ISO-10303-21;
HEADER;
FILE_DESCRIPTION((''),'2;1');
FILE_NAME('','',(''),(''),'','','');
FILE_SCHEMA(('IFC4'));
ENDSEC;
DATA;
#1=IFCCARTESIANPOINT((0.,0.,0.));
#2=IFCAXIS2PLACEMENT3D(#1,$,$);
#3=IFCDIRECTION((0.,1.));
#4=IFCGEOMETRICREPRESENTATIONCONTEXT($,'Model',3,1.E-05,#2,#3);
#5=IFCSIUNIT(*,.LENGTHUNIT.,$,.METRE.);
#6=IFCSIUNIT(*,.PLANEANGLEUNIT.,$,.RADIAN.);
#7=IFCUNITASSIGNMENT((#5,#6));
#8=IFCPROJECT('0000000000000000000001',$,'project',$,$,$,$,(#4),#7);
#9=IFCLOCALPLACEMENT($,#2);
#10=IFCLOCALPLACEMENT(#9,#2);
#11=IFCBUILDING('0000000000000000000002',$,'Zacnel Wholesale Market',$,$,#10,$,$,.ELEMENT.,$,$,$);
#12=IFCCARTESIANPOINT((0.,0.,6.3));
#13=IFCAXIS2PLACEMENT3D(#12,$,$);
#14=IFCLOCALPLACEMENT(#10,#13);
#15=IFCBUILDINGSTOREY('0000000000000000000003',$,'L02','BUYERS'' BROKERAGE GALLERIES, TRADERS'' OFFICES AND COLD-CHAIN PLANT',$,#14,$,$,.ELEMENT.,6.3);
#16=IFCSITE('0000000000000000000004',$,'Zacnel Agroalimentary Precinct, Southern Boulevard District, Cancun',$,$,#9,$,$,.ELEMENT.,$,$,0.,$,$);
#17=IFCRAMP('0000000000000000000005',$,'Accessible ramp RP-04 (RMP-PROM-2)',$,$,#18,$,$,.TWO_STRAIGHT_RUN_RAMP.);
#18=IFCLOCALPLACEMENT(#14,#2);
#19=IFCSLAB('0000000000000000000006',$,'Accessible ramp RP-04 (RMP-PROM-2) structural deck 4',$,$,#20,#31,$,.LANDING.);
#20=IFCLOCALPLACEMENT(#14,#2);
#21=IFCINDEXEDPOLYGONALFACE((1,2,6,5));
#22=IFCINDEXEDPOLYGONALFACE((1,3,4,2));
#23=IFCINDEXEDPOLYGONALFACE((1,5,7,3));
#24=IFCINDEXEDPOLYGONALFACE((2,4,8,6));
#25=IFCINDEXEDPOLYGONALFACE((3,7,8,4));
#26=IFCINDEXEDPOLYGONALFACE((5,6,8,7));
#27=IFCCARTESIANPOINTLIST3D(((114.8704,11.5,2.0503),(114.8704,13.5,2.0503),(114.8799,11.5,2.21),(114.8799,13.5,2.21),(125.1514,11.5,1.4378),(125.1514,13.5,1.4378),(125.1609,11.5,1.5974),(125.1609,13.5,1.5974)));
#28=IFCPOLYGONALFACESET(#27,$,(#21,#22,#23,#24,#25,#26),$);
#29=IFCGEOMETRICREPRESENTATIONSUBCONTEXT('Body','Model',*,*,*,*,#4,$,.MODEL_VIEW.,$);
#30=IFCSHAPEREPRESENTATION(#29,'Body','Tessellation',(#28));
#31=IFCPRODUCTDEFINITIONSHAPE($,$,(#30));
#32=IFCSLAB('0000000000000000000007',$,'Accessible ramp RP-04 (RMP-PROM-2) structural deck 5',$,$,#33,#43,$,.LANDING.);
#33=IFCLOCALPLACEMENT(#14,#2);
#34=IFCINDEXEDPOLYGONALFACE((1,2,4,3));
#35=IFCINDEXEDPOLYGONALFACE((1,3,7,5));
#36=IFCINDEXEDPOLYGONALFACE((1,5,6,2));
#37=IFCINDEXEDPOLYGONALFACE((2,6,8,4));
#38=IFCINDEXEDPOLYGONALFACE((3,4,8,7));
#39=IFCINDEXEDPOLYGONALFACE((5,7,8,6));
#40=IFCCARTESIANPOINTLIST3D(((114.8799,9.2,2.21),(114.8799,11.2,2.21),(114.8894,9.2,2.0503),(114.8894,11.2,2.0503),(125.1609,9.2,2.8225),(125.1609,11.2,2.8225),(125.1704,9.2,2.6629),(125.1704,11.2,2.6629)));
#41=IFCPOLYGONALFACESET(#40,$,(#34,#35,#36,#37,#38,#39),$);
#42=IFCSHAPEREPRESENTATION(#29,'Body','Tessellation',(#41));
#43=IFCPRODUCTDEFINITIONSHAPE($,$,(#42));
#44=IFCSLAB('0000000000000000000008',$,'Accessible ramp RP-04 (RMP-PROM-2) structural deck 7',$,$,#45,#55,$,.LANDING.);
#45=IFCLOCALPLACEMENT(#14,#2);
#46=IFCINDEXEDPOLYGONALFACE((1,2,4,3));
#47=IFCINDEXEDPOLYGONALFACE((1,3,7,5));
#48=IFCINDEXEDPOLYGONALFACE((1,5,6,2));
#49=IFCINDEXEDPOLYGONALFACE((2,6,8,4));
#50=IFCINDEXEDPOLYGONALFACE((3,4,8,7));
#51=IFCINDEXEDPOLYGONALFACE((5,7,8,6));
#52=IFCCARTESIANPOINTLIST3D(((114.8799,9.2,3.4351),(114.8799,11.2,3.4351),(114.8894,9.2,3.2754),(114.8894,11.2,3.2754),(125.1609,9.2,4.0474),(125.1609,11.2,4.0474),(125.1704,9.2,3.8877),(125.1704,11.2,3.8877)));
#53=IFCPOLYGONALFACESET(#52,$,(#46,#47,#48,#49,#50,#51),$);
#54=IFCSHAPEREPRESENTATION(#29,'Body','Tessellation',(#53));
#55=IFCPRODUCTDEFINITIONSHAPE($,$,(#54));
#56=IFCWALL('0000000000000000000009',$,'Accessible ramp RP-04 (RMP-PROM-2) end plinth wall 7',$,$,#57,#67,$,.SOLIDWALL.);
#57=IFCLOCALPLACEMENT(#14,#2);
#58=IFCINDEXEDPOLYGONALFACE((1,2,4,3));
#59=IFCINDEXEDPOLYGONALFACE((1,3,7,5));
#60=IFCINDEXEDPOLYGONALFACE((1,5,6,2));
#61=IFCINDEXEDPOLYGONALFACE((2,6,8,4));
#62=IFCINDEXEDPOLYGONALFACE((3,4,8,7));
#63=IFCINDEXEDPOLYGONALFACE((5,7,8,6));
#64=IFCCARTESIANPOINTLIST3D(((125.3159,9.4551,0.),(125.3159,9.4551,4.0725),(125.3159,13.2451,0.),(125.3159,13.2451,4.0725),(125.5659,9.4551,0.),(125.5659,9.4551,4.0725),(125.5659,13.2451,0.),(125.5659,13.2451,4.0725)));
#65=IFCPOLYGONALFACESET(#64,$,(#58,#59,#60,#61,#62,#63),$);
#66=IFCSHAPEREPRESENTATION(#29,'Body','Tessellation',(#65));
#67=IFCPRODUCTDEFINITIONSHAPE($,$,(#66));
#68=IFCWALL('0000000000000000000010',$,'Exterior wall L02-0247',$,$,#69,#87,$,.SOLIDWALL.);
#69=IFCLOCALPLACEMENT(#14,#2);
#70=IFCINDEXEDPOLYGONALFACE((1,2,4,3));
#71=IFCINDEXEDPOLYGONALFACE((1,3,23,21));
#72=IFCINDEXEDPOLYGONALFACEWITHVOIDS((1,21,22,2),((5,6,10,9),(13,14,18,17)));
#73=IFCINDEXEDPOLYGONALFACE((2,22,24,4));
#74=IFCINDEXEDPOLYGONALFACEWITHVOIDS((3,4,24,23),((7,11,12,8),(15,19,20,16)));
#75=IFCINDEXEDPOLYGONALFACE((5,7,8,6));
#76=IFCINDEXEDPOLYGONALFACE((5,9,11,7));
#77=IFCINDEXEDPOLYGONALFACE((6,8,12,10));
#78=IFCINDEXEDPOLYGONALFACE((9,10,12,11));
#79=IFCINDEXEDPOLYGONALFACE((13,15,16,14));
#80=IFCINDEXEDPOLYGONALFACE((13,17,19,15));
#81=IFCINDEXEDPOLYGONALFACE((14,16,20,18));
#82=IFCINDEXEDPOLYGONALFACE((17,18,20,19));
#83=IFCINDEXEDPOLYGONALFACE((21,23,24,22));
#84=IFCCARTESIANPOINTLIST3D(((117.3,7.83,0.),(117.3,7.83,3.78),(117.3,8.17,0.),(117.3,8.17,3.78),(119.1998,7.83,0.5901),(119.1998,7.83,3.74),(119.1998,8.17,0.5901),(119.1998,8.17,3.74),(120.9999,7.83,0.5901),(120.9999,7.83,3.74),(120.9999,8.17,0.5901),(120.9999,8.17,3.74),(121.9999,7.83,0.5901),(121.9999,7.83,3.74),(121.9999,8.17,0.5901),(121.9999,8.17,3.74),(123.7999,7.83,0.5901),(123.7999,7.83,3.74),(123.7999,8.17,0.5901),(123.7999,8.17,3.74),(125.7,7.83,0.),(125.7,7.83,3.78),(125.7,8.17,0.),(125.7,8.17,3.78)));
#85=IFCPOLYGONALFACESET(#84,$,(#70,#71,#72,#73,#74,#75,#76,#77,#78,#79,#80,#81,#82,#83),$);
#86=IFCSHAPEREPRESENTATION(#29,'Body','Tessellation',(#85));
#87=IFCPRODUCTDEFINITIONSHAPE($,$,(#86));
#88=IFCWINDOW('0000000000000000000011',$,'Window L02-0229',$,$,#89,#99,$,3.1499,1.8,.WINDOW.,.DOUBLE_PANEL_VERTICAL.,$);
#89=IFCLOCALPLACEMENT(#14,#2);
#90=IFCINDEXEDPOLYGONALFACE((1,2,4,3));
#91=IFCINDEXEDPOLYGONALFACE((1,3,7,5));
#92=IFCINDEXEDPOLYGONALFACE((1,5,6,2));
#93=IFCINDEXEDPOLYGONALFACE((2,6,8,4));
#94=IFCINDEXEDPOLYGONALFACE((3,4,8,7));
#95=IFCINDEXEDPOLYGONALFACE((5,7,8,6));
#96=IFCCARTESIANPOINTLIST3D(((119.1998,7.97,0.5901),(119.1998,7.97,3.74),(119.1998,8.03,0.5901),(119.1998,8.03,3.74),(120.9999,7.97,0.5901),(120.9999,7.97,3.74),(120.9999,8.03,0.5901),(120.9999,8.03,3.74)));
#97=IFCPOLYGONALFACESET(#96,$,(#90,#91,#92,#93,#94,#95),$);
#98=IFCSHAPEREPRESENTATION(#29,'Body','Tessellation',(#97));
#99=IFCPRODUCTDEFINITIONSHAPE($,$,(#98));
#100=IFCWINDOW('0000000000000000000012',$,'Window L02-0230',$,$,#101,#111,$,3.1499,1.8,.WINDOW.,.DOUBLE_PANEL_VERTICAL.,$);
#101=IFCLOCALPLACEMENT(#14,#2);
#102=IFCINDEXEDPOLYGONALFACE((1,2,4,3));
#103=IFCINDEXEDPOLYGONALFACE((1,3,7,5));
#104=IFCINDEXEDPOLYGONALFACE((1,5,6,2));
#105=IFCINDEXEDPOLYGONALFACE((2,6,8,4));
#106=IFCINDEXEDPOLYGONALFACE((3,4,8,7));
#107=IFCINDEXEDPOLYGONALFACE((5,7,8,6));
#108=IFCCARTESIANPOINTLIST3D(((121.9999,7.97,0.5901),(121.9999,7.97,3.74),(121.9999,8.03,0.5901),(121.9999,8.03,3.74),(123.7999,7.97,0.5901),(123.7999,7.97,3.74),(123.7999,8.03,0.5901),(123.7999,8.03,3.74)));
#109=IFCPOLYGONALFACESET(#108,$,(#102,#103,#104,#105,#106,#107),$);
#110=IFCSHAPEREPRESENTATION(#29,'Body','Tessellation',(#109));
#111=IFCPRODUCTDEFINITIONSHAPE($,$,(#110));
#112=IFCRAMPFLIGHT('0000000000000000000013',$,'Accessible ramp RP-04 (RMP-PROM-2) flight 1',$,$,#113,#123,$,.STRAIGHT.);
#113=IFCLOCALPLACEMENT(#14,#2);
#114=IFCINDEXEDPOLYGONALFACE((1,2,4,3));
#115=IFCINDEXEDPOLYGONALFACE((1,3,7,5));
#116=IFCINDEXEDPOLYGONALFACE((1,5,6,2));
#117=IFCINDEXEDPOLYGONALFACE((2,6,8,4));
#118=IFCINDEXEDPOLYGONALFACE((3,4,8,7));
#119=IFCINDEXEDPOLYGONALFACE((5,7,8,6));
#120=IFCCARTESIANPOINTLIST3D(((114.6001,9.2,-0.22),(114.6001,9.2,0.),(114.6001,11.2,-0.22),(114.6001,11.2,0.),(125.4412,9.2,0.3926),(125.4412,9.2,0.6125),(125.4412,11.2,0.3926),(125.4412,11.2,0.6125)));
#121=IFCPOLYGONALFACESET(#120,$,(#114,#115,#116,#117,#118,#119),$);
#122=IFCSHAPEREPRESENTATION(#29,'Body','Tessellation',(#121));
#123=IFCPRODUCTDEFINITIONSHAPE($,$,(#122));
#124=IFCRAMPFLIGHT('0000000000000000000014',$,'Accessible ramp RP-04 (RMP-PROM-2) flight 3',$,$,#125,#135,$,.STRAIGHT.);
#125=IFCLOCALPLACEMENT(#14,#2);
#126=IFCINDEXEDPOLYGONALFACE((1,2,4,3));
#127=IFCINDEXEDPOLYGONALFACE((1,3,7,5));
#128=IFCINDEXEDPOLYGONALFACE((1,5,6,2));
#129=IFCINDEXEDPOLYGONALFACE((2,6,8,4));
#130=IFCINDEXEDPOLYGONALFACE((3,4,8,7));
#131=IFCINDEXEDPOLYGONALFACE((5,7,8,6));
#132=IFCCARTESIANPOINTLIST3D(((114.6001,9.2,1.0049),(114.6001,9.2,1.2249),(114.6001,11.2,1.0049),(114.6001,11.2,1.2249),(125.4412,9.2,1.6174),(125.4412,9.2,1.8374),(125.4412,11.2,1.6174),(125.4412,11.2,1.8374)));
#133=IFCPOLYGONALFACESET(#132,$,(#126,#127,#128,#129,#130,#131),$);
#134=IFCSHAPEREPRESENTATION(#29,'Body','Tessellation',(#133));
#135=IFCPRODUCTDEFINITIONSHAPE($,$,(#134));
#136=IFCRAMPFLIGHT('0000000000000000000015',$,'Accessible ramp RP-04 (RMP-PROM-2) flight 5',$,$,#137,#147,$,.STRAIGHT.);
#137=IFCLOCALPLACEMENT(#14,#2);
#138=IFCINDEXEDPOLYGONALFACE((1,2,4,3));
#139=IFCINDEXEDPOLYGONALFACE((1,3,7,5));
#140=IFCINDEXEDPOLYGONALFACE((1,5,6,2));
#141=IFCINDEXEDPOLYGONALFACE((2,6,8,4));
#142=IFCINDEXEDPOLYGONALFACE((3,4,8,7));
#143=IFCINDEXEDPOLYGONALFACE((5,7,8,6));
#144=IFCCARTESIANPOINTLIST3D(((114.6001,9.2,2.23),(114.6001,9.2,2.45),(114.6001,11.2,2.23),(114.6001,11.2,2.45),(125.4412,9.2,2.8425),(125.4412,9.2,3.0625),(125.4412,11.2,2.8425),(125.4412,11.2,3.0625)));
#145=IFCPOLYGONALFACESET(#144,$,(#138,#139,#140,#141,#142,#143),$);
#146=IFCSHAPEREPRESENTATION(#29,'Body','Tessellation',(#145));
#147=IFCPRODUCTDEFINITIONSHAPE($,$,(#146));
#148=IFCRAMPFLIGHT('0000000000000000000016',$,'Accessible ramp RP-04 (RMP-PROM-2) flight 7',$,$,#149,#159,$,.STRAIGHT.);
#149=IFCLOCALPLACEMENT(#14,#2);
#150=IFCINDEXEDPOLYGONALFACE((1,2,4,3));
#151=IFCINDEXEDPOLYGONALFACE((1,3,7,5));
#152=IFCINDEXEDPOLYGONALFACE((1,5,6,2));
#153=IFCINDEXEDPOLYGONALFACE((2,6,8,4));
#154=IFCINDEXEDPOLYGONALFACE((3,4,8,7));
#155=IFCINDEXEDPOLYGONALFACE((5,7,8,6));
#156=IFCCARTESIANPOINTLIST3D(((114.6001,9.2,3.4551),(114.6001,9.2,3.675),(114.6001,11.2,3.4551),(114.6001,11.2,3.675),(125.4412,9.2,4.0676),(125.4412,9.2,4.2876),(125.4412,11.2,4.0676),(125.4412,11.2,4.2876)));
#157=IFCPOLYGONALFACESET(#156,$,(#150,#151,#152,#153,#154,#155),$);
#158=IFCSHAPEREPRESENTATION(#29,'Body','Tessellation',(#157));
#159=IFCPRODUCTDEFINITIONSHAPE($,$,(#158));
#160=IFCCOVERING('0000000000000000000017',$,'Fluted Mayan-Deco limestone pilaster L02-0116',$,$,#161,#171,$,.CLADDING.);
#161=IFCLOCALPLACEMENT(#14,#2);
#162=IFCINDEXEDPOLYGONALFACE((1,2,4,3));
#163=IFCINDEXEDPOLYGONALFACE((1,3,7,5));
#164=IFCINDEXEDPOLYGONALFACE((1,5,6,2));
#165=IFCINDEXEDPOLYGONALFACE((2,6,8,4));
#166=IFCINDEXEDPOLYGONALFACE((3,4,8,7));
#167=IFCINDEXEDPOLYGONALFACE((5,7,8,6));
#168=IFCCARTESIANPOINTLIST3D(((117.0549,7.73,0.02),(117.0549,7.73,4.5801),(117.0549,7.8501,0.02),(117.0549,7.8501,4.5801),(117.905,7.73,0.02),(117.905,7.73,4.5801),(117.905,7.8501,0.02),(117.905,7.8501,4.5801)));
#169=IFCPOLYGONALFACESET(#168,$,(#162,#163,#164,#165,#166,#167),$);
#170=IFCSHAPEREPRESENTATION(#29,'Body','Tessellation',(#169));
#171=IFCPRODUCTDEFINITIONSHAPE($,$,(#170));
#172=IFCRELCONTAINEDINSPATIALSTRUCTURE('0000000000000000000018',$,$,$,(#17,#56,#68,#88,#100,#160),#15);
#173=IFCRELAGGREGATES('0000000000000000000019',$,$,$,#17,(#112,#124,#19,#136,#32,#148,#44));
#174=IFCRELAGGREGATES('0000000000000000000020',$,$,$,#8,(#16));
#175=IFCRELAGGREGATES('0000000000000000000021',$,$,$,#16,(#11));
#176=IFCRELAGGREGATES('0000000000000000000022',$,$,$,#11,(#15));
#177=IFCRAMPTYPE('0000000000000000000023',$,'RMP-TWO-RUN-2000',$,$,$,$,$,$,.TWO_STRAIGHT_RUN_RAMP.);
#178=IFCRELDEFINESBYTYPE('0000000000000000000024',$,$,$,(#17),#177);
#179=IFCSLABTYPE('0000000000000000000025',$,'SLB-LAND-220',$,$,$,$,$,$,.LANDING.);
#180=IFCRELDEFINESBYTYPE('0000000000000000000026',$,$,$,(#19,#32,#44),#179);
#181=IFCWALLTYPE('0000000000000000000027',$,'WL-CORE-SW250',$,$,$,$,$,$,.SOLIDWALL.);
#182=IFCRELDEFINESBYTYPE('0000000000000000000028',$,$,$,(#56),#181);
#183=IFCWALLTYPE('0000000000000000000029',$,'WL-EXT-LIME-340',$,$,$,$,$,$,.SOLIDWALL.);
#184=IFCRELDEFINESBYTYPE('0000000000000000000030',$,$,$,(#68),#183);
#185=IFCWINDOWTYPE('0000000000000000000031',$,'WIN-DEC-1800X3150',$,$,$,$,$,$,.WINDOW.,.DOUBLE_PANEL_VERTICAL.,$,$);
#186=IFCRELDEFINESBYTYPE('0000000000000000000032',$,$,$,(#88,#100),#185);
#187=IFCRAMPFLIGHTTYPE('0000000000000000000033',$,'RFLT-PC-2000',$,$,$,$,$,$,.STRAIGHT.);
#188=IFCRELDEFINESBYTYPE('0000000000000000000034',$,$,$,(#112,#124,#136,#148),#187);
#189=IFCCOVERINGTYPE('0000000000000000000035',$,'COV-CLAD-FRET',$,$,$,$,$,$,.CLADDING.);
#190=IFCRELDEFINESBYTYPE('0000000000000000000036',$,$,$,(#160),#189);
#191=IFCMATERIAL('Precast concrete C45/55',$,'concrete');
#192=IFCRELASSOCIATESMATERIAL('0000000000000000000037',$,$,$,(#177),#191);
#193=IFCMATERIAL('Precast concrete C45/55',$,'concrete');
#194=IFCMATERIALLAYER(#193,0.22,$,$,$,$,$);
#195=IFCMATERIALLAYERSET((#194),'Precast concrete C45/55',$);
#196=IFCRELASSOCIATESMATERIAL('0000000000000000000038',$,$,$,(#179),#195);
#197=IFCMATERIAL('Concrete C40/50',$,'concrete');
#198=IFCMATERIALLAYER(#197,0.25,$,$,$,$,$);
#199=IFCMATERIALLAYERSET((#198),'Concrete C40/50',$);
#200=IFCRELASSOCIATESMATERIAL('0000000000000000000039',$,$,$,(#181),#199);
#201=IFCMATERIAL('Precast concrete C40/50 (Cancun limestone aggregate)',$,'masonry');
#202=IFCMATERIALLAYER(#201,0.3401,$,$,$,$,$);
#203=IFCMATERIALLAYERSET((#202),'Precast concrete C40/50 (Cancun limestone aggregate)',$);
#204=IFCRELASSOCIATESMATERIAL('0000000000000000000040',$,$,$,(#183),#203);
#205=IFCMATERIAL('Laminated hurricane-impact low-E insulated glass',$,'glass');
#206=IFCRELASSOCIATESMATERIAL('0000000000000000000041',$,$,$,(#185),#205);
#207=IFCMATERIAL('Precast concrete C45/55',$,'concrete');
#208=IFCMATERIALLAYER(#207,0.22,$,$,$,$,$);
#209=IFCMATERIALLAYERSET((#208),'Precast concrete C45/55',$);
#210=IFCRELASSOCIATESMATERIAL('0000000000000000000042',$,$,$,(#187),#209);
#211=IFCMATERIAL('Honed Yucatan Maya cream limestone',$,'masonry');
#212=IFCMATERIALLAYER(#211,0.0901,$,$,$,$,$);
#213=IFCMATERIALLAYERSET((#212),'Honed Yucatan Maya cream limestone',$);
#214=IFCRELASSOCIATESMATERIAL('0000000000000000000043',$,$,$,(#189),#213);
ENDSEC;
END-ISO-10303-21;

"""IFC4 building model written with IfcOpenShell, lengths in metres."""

from ifc_helpers import new_model, si_unit, direction, frame, frame_2d, origin, origin_2d, place, context, subcontext, project, spatial, polyline, rectangle, outline, extrude, material, layer, layer_set, type_object, element, fill, aggregate, save


model = new_model("IFC4")

# Units and contexts
model_context = context("Model", 3, precision=1e-05, world=origin(), true_north=direction((0.0, 1.0)))
body_context = subcontext(model_context, "Body", "Model", "MODEL_VIEW")
ifc_project = project(units=[si_unit("LENGTHUNIT", "METRE"), si_unit("PLANEANGLEUNIT", "RADIAN")], contexts=[model_context])

# Site, building, storey
site_placement = place(None, origin())
site = spatial("IfcSite", under=ifc_project, at=site_placement, Name="Zacnel Agroalimentary Precinct, Southern Boulevard District, Cancun", CompositionType="ELEMENT", RefElevation=0.0)
building_placement = place(site_placement, origin())
building = spatial("IfcBuilding", under=site, at=building_placement, Name="Zacnel Wholesale Market", CompositionType="ELEMENT")
storey_placement = place(building_placement, frame((0.0, 0.0, 6.3)))
storey = spatial("IfcBuildingStorey", under=building, at=storey_placement, Name="L02", Description="BUYERS' BROKERAGE GALLERIES, TRADERS' OFFICES AND COLD-CHAIN PLANT", CompositionType="ELEMENT", Elevation=6.3)

# Ramp, slabs
ifc_material_1 = material(Name="Precast concrete C45/55", Category="concrete")
ramp_type = type_object("IfcRampType", Name="RMP-TWO-RUN-2000", PredefinedType="TWO_STRAIGHT_RUN_RAMP", material=ifc_material_1)
ramp_placement = place(storey_placement, origin())
ramp = element("IfcRamp", 1, at=ramp_placement, inside=storey, type_object=ramp_type, Name="Accessible ramp RP-04 (RMP-PROM-2)", PredefinedType="TWO_STRAIGHT_RUN_RAMP")
ifc_material_2 = material(Name="Precast concrete C45/55", Category="concrete")
ifc_layer_1 = layer(ifc_material_2, 0.22)
ifc_layer_set_1 = layer_set([ifc_layer_1], Name="Precast concrete C45/55")
slab_type = type_object("IfcSlabType", Name="SLB-LAND-220", PredefinedType="LANDING", material=ifc_layer_set_1)
slab_1_placement = place(storey_placement, frame((114.8799, 11.5, 2.21), z_axis=(0.059475, 0.0, 0.99823), x_axis=(0.99823, 0.0, -0.059475)))
slab_1 = element("IfcSlab", 2, at=slab_1_placement, type_object=slab_type, Name="Accessible ramp RP-04 (RMP-PROM-2) structural deck 4", PredefinedType="LANDING", context=body_context, shape_type="SweptSolid", body=[
    extrude(outline(polyline([(0.0, 0.0), (10.2992, 0.0), (10.2992, 2.0), (0.0, 2.0), (0.0, 0.0)])), origin(), (0.0, 0.0, -1.0), 0.1599),
])
slab_2_placement = place(storey_placement, frame((114.8799, 9.2, 2.21), z_axis=(-0.059475, 0.0, 0.99823), x_axis=(0.99823, 0.0, 0.059475)))
slab_2 = element("IfcSlab", 3, at=slab_2_placement, type_object=slab_type, Name="Accessible ramp RP-04 (RMP-PROM-2) structural deck 5", PredefinedType="LANDING", context=body_context, shape_type="SweptSolid", body=[
    extrude(outline(polyline([(0.0, 0.0), (10.2992, 0.0), (10.2992, 2.0), (0.0, 2.0), (0.0, 0.0)])), origin(), (0.0, 0.0, -1.0), 0.1599),
])
slab_3_placement = place(storey_placement, frame((114.8799, 9.2, 3.4351), z_axis=(-0.059452, 0.0, 0.998231), x_axis=(0.998231, 0.0, 0.059452)))
slab_3 = element("IfcSlab", 4, at=slab_3_placement, type_object=slab_type, Name="Accessible ramp RP-04 (RMP-PROM-2) structural deck 7", PredefinedType="LANDING", context=body_context, shape_type="SweptSolid", body=[
    extrude(outline(polyline([(0.0, 0.0), (10.2992, 0.0), (10.2992, 2.0), (0.0, 2.0), (0.0, 0.0)])), origin(), (0.0, 0.0, -1.0), 0.1599),
])

# Wall
ifc_material_3 = material(Name="Concrete C40/50", Category="concrete")
ifc_layer_2 = layer(ifc_material_3, 0.25)
ifc_layer_set_2 = layer_set([ifc_layer_2], Name="Concrete C40/50")
wall_type_1 = type_object("IfcWallType", Name="WL-CORE-SW250", PredefinedType="SOLIDWALL", material=ifc_layer_set_2)
wall_1_placement = place(storey_placement, frame((125.4409, 9.4551, 0.0), z_axis=(0.0, 0.0, 1.0), x_axis=(0.0, 1.0, 0.0)))
element("IfcWall", 5, at=wall_1_placement, inside=storey, type_object=wall_type_1, Name="Accessible ramp RP-04 (RMP-PROM-2) end plinth wall 7", PredefinedType="SOLIDWALL", context=body_context, shape_type="SweptSolid", body=[
    extrude(rectangle(XDim=3.79, YDim=0.25, at=frame_2d((1.895, 0.0))), origin(), (0.0, 0.0, 1.0), 4.0725),
])

# Wall, openings, windows
ifc_material_4 = material(Name="Precast concrete C40/50 (Cancun limestone aggregate)", Category="masonry")
ifc_layer_3 = layer(ifc_material_4, 0.3401)
ifc_layer_set_3 = layer_set([ifc_layer_3], Name="Precast concrete C40/50 (Cancun limestone aggregate)")
wall_type_2 = type_object("IfcWallType", Name="WL-EXT-LIME-340", PredefinedType="SOLIDWALL", material=ifc_layer_set_3)
wall_2_placement = place(storey_placement, frame((117.3, 8.0, 0.0), z_axis=(0.0, 0.0, 1.0), x_axis=(1.0, 0.0, 0.0)))
wall_2 = element("IfcWall", 6, at=wall_2_placement, inside=storey, type_object=wall_type_2, Name="Exterior wall L02-0247", PredefinedType="SOLIDWALL", context=body_context, shape_type="SweptSolid", body=[
    extrude(rectangle(XDim=8.3999, YDim=0.3401, at=frame_2d((4.2, 0.0))), origin(), (0.0, 0.0, 1.0), 3.78),
])
opening_1_placement = place(wall_2_placement, frame((1.8999, 0.0, 0.5901)))
opening_1 = element("IfcOpeningElement", 7, at=opening_1_placement, cuts=wall_2, PredefinedType="OPENING", context=body_context, shape_type="SweptSolid", body=[
    extrude(rectangle(XDim=1.8, YDim=3.1499, at=frame_2d((0.8999, 1.575))), frame((0.0, 0.1799, 0.0), z_axis=(0.0, -1.0, 0.0), x_axis=(1.0, 0.0, 0.0)), (0.0, 0.0, 1.0), 0.3601),
])
opening_2_placement = place(wall_2_placement, frame((4.7, 0.0, 0.5901)))
opening_2 = element("IfcOpeningElement", 8, at=opening_2_placement, cuts=wall_2, PredefinedType="OPENING", context=body_context, shape_type="SweptSolid", body=[
    extrude(rectangle(XDim=1.8, YDim=3.1499, at=frame_2d((0.8999, 1.575))), frame((0.0, 0.1799, 0.0), z_axis=(0.0, -1.0, 0.0), x_axis=(1.0, 0.0, 0.0)), (0.0, 0.0, 1.0), 0.3601),
])
ifc_material_5 = material(Name="Laminated hurricane-impact low-E insulated glass", Category="glass")
window_type = type_object("IfcWindowType", Name="WIN-DEC-1800X3150", PartitioningType="DOUBLE_PANEL_VERTICAL", PredefinedType="WINDOW", material=ifc_material_5)
window_1_placement = place(opening_1_placement, origin())
window_1 = element("IfcWindow", 9, at=window_1_placement, inside=storey, type_object=window_type, Name="Window L02-0229", OverallHeight=3.1499, OverallWidth=1.8, PartitioningType="DOUBLE_PANEL_VERTICAL", PredefinedType="WINDOW", context=body_context, shape_type="SweptSolid", body=[
    extrude(rectangle(XDim=1.8, YDim=3.1499, at=frame_2d((0.8999, 1.575))), frame((0.0, 0.03, 0.0), z_axis=(0.0, -1.0, 0.0), x_axis=(1.0, 0.0, 0.0)), (0.0, 0.0, 1.0), 0.0601),
])
fill(opening_1, window_1)
window_2_placement = place(opening_2_placement, origin())
window_2 = element("IfcWindow", 10, at=window_2_placement, inside=storey, type_object=window_type, Name="Window L02-0230", OverallHeight=3.1499, OverallWidth=1.8, PartitioningType="DOUBLE_PANEL_VERTICAL", PredefinedType="WINDOW", context=body_context, shape_type="SweptSolid", body=[
    extrude(rectangle(XDim=1.8, YDim=3.1499, at=frame_2d((0.8999, 1.575))), frame((0.0, 0.03, 0.0), z_axis=(0.0, -1.0, 0.0), x_axis=(1.0, 0.0, 0.0)), (0.0, 0.0, 1.0), 0.0601),
])
fill(opening_2, window_2)

# Ramp flights
ifc_material_6 = material(Name="Precast concrete C45/55", Category="concrete")
ifc_layer_4 = layer(ifc_material_6, 0.22)
ifc_layer_set_4 = layer_set([ifc_layer_4], Name="Precast concrete C45/55")
ramp_flight_type = type_object("IfcRampFlightType", Name="RFLT-PC-2000", PredefinedType="STRAIGHT", material=ifc_layer_set_4)
ramp_flight_1_placement = place(storey_placement, frame((114.6001, 10.2, 0.0), z_axis=(0.0, 0.0, 1.0), x_axis=(1.0, 0.0, 0.0)))
ramp_flight_1 = element("IfcRampFlight", 11, at=ramp_flight_1_placement, type_object=ramp_flight_type, Name="Accessible ramp RP-04 (RMP-PROM-2) flight 1", PredefinedType="STRAIGHT", context=body_context, shape_type="SweptSolid", body=[
    extrude(outline(polyline([(0.0, 0.0), (10.8411, 0.6125), (10.8411, 0.3926), (0.0, -0.22), (0.0, 0.0)])), frame((0.0, 1.0, 0.0), z_axis=(0.0, -1.0, 0.0), x_axis=(1.0, 0.0, 0.0)), (0.0, 0.0, 1.0), 2.0),
])
ramp_flight_2_placement = place(storey_placement, frame((114.6001, 10.2, 1.2249), z_axis=(0.0, 0.0, 1.0), x_axis=(1.0, 0.0, 0.0)))
ramp_flight_2 = element("IfcRampFlight", 12, at=ramp_flight_2_placement, type_object=ramp_flight_type, Name="Accessible ramp RP-04 (RMP-PROM-2) flight 3", PredefinedType="STRAIGHT", context=body_context, shape_type="SweptSolid", body=[
    extrude(outline(polyline([(0.0, 0.0), (10.8411, 0.6125), (10.8411, 0.3926), (0.0, -0.22), (0.0, 0.0)])), frame((0.0, 1.0, 0.0), z_axis=(0.0, -1.0, 0.0), x_axis=(1.0, 0.0, 0.0)), (0.0, 0.0, 1.0), 2.0),
])
ramp_flight_3_placement = place(storey_placement, frame((114.6001, 10.2, 2.45), z_axis=(0.0, 0.0, 1.0), x_axis=(1.0, 0.0, 0.0)))
ramp_flight_3 = element("IfcRampFlight", 13, at=ramp_flight_3_placement, type_object=ramp_flight_type, Name="Accessible ramp RP-04 (RMP-PROM-2) flight 5", PredefinedType="STRAIGHT", context=body_context, shape_type="SweptSolid", body=[
    extrude(outline(polyline([(0.0, 0.0), (10.8411, 0.6125), (10.8411, 0.3926), (0.0, -0.22), (0.0, 0.0)])), frame((0.0, 1.0, 0.0), z_axis=(0.0, -1.0, 0.0), x_axis=(1.0, 0.0, 0.0)), (0.0, 0.0, 1.0), 2.0),
])
ramp_flight_4_placement = place(storey_placement, frame((114.6001, 10.2, 3.675), z_axis=(0.0, 0.0, 1.0), x_axis=(1.0, 0.0, 0.0)))
ramp_flight_4 = element("IfcRampFlight", 14, at=ramp_flight_4_placement, type_object=ramp_flight_type, Name="Accessible ramp RP-04 (RMP-PROM-2) flight 7", PredefinedType="STRAIGHT", context=body_context, shape_type="SweptSolid", body=[
    extrude(outline(polyline([(0.0, 0.0), (10.8411, 0.6125), (10.8411, 0.3926), (0.0, -0.22), (0.0, 0.0)])), frame((0.0, 1.0, 0.0), z_axis=(0.0, -1.0, 0.0), x_axis=(1.0, 0.0, 0.0)), (0.0, 0.0, 1.0), 2.0),
])
aggregate(ramp, [ramp_flight_1, ramp_flight_2, slab_1, ramp_flight_3, slab_2, ramp_flight_4, slab_3])

# Covering
ifc_material_7 = material(Name="Honed Yucatan Maya cream limestone", Category="masonry")
ifc_layer_5 = layer(ifc_material_7, 0.0901)
ifc_layer_set_5 = layer_set([ifc_layer_5], Name="Honed Yucatan Maya cream limestone")
covering_type = type_object("IfcCoveringType", Name="COV-CLAD-FRET", PredefinedType="CLADDING", material=ifc_layer_set_5)
covering_placement = place(storey_placement, frame((117.48, 7.79, 0.02), z_axis=(0.0, 0.0, 1.0), x_axis=(1.0, 0.0, 0.0)))
element("IfcCovering", 15, at=covering_placement, inside=storey, type_object=covering_type, Name="Fluted Mayan-Deco limestone pilaster L02-0116", PredefinedType="CLADDING", context=body_context, shape_type="SweptSolid", body=[
    extrude(rectangle(XDim=0.8501, YDim=0.1201, at=origin_2d()), origin(), (0.0, 0.0, 1.0), 4.5601),
])

save(model, "model.ifc")
